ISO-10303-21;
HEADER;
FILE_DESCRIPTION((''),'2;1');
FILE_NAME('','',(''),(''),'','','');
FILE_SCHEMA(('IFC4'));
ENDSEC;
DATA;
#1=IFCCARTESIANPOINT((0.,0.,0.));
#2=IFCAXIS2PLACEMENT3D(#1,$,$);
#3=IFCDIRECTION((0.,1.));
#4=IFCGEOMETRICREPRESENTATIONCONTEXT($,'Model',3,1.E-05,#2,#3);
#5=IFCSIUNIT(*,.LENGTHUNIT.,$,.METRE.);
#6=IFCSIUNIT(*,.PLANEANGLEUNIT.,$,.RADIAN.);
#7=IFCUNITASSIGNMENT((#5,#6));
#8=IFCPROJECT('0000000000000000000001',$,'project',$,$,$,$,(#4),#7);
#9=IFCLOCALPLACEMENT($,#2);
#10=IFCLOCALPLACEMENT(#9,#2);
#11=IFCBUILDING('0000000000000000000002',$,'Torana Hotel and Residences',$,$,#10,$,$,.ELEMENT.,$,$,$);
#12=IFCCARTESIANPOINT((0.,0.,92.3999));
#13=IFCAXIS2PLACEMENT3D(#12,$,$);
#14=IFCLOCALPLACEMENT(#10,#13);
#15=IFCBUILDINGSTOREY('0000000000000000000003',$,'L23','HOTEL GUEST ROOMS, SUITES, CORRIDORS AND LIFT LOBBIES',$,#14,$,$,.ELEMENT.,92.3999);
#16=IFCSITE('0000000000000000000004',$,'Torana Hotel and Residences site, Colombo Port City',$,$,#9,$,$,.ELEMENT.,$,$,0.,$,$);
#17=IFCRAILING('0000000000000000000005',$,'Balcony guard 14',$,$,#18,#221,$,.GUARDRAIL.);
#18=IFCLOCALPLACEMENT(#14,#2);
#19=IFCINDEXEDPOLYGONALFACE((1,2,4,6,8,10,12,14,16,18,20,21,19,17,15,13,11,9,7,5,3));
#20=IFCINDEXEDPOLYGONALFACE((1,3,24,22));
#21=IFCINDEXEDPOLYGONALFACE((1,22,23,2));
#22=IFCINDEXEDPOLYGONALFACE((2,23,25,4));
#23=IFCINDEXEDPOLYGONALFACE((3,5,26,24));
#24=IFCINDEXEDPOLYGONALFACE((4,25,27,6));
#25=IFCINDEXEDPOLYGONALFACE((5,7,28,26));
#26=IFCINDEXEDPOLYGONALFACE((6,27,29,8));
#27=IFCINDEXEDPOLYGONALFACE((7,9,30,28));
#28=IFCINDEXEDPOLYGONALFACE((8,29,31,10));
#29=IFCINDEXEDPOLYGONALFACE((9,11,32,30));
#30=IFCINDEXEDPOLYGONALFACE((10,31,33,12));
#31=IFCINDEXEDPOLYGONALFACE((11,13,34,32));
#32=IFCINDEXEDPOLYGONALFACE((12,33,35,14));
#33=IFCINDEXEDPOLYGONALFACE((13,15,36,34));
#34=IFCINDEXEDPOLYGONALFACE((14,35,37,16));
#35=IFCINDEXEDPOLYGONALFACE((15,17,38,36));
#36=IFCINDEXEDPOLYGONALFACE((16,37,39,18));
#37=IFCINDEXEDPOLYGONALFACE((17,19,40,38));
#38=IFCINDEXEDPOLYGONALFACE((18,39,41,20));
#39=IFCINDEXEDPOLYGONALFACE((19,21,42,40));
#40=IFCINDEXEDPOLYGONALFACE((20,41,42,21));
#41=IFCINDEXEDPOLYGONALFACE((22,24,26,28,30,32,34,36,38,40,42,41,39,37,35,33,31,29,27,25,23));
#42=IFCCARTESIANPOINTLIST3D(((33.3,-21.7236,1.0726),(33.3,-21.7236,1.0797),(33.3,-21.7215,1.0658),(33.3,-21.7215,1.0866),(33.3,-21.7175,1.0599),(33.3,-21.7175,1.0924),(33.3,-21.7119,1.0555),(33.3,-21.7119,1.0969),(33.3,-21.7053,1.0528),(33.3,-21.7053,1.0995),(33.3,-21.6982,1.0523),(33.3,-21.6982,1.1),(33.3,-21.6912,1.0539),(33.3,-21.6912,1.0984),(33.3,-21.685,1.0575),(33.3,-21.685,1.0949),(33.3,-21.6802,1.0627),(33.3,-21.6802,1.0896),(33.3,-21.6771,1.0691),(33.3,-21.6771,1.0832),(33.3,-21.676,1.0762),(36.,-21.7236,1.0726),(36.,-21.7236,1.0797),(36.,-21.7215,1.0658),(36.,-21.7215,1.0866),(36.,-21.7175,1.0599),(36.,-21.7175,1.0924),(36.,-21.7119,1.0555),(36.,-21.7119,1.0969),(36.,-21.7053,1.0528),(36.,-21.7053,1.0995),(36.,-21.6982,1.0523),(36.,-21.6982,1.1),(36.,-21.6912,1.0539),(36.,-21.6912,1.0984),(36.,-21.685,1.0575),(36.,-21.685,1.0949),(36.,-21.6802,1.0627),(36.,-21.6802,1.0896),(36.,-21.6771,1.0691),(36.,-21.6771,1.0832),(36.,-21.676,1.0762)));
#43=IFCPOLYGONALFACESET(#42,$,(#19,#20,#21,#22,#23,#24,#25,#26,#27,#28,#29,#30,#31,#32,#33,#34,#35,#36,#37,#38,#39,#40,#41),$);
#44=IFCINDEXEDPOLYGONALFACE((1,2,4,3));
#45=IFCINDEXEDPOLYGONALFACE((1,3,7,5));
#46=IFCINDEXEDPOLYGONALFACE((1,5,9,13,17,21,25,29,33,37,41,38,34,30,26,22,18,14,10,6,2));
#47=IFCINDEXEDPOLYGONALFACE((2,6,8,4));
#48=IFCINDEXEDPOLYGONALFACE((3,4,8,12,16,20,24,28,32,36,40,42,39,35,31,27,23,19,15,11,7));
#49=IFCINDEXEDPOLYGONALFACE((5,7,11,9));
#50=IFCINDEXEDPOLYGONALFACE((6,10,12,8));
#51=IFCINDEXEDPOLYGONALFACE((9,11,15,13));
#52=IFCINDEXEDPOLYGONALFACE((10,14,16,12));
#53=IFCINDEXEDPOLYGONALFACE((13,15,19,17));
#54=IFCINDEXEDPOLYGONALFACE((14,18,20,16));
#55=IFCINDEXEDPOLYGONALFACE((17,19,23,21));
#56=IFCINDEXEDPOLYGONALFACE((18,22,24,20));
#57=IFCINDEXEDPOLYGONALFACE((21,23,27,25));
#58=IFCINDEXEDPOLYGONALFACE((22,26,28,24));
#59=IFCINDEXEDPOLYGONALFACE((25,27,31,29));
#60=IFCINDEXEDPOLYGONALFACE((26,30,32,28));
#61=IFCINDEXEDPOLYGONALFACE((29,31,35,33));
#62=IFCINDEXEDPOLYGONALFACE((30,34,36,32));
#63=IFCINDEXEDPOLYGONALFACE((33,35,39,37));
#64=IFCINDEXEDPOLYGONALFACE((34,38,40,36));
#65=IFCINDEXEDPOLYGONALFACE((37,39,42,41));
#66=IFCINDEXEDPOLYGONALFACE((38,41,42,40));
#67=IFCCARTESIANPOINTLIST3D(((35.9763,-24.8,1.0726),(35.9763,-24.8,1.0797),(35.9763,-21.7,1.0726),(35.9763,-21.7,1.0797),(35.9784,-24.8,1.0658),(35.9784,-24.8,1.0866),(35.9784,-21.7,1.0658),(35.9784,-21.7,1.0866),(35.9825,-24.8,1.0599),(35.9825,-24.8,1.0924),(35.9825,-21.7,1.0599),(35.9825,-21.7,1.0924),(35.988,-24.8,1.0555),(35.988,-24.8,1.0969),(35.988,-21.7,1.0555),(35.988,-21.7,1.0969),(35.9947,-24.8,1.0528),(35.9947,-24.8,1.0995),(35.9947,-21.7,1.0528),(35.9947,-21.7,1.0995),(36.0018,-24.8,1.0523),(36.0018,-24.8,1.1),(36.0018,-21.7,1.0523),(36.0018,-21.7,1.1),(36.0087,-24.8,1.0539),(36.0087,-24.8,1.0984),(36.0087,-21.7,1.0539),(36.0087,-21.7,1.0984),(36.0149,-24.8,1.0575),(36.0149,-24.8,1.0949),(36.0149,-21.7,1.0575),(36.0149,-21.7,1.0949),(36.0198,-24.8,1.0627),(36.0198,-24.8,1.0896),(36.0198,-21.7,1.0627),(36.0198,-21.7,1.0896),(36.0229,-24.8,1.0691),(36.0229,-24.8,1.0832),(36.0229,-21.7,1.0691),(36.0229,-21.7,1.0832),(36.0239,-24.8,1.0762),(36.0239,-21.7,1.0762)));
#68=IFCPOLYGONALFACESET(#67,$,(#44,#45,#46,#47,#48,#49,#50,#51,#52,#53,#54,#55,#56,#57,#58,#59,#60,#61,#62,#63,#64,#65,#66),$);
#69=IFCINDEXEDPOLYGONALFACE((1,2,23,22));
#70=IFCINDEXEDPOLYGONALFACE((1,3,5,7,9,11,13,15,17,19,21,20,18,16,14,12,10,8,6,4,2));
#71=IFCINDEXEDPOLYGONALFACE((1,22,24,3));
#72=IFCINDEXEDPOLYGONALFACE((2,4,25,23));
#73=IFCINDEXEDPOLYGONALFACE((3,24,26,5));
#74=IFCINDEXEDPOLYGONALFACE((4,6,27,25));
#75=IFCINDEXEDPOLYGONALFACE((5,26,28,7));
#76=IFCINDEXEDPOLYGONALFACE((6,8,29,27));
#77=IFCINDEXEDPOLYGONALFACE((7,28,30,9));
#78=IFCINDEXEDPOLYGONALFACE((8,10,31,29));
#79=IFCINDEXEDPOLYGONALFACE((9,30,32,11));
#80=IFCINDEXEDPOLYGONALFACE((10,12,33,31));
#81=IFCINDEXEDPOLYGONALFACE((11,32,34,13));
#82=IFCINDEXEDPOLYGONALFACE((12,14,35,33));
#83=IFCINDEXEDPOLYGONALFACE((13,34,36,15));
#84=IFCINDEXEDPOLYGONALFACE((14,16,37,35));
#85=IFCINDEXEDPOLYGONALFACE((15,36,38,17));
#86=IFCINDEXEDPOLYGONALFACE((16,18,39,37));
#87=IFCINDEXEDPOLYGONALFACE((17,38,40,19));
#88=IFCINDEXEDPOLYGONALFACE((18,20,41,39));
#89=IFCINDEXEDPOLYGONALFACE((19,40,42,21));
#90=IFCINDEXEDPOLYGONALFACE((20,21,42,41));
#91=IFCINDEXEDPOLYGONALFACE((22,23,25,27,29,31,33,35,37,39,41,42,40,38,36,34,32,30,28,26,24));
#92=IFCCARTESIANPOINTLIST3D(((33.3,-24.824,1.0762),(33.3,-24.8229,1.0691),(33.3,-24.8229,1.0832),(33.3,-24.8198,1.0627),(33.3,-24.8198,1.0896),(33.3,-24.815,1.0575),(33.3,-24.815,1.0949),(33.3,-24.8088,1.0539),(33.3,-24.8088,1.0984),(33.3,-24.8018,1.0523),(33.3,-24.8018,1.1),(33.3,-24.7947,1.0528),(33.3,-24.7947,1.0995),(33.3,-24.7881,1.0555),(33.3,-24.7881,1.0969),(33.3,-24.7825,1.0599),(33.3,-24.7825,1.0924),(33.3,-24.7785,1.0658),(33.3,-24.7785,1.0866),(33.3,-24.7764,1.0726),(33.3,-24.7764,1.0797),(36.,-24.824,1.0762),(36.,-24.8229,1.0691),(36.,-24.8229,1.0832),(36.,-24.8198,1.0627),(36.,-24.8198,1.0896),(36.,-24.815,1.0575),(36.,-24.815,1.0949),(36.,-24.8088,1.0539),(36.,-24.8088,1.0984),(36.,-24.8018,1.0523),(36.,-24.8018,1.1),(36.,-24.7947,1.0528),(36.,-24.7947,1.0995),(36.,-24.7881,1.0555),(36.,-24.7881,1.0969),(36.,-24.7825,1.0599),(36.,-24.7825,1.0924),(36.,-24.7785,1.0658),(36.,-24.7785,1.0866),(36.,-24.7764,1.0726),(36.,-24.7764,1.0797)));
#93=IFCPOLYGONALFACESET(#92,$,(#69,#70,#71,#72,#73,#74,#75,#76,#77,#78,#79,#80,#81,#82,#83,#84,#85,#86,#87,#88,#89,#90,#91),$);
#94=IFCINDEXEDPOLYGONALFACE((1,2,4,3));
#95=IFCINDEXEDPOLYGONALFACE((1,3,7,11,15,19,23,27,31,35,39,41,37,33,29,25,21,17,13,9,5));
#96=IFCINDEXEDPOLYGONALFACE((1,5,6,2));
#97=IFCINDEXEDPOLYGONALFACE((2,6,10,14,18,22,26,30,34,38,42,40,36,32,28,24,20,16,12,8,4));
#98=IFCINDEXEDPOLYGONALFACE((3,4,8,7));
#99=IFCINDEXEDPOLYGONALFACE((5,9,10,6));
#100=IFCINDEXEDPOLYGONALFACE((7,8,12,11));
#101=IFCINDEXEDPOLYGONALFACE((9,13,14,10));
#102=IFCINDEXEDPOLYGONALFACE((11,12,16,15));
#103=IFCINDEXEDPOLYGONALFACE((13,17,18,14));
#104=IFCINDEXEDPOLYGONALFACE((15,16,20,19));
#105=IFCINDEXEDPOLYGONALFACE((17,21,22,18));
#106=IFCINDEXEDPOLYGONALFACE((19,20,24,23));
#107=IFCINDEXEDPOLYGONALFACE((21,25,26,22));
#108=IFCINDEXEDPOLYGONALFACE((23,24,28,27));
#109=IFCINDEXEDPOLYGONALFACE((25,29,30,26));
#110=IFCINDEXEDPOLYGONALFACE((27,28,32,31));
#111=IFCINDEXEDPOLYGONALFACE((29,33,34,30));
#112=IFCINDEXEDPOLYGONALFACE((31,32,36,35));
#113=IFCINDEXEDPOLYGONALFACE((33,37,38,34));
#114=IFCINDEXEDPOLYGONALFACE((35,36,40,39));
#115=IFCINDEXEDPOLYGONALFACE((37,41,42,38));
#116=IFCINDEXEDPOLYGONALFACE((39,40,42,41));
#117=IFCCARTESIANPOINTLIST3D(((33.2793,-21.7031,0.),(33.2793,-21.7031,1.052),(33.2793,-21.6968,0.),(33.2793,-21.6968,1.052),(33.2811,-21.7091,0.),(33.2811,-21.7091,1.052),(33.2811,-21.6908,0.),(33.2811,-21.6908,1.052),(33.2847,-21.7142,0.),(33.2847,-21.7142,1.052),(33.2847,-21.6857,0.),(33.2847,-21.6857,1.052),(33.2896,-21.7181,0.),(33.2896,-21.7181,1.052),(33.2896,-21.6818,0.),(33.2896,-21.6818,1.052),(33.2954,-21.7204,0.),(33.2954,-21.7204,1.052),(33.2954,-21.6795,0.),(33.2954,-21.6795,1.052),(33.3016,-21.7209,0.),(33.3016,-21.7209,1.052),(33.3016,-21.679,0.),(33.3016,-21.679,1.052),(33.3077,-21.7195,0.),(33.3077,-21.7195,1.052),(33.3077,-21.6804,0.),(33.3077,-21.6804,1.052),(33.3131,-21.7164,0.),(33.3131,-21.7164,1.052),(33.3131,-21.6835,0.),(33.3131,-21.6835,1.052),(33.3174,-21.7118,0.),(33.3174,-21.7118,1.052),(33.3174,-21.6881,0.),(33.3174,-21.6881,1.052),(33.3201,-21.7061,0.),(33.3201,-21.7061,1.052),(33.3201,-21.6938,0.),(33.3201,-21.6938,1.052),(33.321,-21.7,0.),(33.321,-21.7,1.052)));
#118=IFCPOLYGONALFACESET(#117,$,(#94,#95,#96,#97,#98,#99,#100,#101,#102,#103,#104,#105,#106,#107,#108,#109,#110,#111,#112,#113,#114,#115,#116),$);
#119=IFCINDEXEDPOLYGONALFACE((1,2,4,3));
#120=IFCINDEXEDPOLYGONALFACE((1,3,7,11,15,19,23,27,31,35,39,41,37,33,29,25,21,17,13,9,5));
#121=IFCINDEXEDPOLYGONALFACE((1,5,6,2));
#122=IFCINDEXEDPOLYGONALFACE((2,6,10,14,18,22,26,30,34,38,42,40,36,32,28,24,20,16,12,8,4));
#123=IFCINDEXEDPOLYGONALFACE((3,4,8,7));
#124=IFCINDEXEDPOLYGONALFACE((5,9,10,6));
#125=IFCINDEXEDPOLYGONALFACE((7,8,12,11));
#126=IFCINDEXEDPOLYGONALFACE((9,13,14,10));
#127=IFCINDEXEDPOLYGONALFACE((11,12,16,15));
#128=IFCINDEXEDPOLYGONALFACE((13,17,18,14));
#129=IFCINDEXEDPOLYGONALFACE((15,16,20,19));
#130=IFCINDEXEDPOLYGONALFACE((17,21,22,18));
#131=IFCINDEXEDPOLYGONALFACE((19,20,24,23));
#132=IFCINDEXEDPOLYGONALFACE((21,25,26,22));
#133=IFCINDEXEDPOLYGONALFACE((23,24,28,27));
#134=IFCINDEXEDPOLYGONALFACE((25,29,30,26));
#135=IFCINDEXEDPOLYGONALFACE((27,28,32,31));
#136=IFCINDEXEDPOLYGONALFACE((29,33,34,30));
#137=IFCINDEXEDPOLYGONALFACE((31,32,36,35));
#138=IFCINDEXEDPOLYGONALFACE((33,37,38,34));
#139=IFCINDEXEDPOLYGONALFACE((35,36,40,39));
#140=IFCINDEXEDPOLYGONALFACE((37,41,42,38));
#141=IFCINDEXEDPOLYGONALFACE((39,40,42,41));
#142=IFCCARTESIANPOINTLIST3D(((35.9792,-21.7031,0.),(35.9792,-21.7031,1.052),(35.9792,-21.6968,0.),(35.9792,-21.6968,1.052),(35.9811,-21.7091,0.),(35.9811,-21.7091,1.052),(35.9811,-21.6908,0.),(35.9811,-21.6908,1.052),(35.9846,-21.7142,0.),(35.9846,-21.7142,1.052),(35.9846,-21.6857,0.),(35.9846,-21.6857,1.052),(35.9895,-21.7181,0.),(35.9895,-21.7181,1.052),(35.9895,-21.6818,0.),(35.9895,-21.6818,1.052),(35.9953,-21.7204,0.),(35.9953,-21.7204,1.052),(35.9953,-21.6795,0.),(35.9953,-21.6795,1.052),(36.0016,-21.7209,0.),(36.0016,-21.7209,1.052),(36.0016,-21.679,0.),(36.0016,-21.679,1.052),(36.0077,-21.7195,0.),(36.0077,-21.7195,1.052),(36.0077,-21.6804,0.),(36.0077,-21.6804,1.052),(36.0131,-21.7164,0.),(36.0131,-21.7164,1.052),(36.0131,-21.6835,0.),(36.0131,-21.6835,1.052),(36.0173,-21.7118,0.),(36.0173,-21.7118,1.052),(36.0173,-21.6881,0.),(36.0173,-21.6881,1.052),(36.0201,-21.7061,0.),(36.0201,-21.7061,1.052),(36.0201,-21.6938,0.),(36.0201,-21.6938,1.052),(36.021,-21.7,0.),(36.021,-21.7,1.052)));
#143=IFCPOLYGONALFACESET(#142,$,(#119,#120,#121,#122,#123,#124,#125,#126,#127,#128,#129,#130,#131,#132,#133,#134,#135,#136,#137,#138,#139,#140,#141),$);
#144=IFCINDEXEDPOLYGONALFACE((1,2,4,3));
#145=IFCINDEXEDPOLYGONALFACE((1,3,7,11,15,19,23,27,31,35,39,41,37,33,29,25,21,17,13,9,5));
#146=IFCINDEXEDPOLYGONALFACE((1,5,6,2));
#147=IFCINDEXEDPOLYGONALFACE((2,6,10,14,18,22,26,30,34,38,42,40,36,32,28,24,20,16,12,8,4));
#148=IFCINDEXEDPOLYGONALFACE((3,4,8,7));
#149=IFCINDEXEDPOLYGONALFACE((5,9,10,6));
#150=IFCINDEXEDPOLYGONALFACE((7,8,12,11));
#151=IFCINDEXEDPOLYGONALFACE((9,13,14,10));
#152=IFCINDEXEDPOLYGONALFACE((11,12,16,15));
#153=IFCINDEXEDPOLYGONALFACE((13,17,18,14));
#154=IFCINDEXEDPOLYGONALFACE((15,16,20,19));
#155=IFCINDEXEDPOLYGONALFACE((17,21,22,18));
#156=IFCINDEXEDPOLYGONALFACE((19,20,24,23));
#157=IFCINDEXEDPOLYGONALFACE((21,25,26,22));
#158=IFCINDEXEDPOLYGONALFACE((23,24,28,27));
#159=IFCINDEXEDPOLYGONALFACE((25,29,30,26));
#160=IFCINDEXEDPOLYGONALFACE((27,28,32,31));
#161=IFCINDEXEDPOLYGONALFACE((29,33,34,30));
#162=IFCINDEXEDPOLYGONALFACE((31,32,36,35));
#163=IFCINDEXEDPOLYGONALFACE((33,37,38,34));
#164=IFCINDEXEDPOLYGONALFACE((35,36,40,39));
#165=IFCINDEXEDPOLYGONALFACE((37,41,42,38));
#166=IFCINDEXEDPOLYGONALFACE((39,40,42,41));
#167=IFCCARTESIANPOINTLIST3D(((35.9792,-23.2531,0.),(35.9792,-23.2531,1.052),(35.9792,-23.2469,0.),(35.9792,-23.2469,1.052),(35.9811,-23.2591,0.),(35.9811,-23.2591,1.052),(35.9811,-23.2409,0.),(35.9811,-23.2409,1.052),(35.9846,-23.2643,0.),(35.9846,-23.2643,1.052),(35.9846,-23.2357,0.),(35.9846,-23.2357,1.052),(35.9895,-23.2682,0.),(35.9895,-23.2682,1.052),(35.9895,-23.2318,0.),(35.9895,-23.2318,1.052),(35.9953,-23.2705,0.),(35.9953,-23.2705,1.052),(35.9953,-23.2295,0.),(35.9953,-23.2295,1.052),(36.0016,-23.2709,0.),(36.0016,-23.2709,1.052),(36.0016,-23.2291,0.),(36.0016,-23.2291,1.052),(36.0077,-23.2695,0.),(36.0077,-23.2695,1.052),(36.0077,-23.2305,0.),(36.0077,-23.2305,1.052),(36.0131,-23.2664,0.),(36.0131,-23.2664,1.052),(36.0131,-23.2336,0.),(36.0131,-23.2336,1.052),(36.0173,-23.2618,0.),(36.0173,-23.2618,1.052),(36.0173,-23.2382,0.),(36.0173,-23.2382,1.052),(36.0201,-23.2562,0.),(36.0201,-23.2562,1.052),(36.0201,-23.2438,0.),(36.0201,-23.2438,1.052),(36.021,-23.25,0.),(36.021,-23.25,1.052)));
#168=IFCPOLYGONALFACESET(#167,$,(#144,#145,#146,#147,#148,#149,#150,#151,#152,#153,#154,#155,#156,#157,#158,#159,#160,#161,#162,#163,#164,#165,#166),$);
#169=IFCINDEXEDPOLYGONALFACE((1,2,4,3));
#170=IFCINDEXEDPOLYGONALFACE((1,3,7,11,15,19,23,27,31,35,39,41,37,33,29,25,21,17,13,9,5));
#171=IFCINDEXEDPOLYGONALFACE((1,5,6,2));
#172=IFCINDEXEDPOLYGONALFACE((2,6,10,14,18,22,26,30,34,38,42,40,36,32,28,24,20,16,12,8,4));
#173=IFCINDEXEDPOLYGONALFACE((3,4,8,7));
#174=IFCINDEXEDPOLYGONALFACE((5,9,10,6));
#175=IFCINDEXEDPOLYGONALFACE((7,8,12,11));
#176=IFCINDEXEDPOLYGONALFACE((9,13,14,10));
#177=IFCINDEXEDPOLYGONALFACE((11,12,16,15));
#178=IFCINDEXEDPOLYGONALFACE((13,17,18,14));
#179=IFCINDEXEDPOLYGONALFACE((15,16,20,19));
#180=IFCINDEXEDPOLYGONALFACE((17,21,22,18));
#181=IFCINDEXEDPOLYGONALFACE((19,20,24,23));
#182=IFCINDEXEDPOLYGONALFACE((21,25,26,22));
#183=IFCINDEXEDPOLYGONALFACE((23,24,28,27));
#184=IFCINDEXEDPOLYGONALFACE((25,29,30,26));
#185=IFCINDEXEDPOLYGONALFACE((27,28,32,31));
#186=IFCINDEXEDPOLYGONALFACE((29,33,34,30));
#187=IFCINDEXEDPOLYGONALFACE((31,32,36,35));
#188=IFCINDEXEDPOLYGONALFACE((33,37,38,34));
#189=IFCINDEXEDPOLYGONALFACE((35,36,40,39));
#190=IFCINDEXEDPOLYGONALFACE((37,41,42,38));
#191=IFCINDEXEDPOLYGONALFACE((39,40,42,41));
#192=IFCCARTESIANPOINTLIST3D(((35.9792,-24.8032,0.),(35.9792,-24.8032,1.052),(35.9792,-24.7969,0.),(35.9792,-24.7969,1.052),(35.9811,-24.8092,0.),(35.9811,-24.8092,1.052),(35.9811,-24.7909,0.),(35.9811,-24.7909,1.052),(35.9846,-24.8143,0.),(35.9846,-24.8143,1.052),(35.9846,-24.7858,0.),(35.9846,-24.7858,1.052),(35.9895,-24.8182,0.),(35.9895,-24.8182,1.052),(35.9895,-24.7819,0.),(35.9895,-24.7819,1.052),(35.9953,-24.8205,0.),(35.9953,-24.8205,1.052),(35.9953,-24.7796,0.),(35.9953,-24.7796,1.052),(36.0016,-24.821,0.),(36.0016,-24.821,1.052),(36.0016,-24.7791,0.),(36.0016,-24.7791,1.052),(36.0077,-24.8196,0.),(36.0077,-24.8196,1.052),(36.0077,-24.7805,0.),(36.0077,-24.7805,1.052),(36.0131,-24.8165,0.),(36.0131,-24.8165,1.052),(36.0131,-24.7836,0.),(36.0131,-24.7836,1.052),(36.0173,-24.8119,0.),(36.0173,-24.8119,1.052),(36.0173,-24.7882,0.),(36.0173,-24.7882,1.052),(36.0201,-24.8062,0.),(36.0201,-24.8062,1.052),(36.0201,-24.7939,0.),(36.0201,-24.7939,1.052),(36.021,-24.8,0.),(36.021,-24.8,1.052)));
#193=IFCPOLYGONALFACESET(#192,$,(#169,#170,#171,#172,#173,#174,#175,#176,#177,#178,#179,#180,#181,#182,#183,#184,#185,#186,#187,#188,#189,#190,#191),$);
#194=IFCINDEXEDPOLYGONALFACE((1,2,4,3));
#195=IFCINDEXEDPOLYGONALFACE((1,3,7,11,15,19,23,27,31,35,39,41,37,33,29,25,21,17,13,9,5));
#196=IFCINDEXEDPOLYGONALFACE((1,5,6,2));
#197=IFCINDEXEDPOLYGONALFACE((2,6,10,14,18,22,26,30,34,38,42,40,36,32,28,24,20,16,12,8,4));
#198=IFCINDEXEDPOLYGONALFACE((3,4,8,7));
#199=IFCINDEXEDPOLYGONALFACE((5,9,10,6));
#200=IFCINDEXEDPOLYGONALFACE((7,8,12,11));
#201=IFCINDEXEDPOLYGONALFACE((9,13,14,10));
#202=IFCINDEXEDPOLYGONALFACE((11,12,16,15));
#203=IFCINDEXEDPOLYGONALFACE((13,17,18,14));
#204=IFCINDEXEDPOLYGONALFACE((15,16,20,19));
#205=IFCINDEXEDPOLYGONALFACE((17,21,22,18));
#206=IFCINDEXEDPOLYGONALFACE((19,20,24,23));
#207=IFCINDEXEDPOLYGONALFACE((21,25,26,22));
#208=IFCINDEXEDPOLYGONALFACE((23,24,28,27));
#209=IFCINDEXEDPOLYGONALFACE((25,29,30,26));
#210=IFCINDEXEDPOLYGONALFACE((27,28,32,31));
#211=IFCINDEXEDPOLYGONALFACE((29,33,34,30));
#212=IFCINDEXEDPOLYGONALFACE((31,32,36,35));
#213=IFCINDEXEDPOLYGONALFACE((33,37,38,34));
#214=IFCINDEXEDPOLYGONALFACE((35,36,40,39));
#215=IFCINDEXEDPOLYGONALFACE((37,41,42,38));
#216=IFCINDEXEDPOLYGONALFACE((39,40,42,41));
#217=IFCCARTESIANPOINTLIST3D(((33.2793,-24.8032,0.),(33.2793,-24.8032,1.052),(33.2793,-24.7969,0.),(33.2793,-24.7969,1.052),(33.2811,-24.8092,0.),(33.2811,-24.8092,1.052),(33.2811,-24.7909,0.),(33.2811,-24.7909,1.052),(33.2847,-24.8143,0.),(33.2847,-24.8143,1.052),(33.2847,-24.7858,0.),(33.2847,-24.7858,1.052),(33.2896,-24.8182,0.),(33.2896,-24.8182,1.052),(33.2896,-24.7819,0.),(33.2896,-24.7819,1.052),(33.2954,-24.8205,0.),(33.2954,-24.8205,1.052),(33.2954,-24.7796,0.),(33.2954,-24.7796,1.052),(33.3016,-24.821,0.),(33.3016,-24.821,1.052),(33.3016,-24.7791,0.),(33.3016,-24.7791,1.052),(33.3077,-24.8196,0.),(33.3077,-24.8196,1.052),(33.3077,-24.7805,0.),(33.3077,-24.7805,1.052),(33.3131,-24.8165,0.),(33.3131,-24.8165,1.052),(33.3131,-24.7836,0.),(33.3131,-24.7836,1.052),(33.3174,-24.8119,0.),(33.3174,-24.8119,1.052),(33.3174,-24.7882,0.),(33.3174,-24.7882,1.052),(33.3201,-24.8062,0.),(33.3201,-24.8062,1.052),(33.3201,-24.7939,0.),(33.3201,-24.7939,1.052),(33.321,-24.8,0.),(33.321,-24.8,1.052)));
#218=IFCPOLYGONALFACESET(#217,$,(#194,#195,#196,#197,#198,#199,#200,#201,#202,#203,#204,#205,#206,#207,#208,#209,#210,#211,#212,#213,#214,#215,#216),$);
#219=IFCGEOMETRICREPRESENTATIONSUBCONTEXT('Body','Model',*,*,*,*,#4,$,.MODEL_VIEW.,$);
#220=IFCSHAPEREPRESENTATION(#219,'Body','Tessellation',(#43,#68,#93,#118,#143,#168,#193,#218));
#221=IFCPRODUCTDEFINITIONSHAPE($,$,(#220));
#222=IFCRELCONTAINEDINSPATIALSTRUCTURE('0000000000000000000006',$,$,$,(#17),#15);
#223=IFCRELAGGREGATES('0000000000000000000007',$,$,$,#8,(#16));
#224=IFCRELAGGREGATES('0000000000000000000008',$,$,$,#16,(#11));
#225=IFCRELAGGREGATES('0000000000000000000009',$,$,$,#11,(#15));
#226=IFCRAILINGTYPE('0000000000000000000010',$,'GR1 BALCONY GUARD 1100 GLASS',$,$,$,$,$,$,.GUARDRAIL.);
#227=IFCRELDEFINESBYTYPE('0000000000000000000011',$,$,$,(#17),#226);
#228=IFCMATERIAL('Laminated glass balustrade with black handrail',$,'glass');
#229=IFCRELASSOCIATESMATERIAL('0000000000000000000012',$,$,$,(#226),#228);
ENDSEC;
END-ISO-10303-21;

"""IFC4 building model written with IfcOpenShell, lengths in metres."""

from ifc_helpers import new_model, si_unit, direction, frame, origin, origin_2d, place, context, subcontext, project, spatial, circle, extrude, material, type_object, element, save


model = new_model("IFC4")

# Units and contexts
model_context = context("Model", 3, precision=1e-05, world=origin(), true_north=direction((0.0, 1.0)))
body_context = subcontext(model_context, "Body", "Model", "MODEL_VIEW")
ifc_project = project(units=[si_unit("LENGTHUNIT", "METRE"), si_unit("PLANEANGLEUNIT", "RADIAN")], contexts=[model_context])

# Site, building, storey
site_placement = place(None, origin())
site = spatial("IfcSite", under=ifc_project, at=site_placement, Name="Torana Hotel and Residences site, Colombo Port City", CompositionType="ELEMENT", RefElevation=0.0)
building_placement = place(site_placement, origin())
building = spatial("IfcBuilding", under=site, at=building_placement, Name="Torana Hotel and Residences", CompositionType="ELEMENT")
storey_placement = place(building_placement, frame((0.0, 0.0, 92.3999)))
storey = spatial("IfcBuildingStorey", under=building, at=storey_placement, Name="L23", Description="HOTEL GUEST ROOMS, SUITES, CORRIDORS AND LIFT LOBBIES", CompositionType="ELEMENT", Elevation=92.3999)

# Railing
ifc_material_1 = material(Name="Laminated glass balustrade with black handrail", Category="glass")
railing_type = type_object("IfcRailingType", Name="GR1 BALCONY GUARD 1100 GLASS", PredefinedType="GUARDRAIL", material=ifc_material_1)
railing_1_placement = place(storey_placement, frame((33.3, -21.7, 0.0)))
element("IfcRailing", 1, at=railing_1_placement, inside=storey, type_object=railing_type, Name="Balcony guard 14", PredefinedType="GUARDRAIL", context=body_context, shape_type="SweptSolid", body=[
    extrude(circle(Radius=0.0239, at=origin_2d()), frame((0.0, 0.0, 1.0762), z_axis=(1.0, 0.0, 0.0), x_axis=(0.0, 1.0, 0.0)), (0.0, 0.0, 1.0), 2.7),
    extrude(circle(Radius=0.0239, at=origin_2d()), frame((2.7, 0.0, 1.0762), z_axis=(0.0, -1.0, 0.0), x_axis=(1.0, 0.0, 0.0)), (0.0, 0.0, 1.0), 3.1001),
    extrude(circle(Radius=0.0239, at=origin_2d()), frame((2.7, -3.1001, 1.0762), z_axis=(-1.0, 0.0, 0.0), x_axis=(0.0, -1.0, 0.0)), (0.0, 0.0, 1.0), 2.7),
    extrude(circle(Radius=0.021, at=origin_2d()), origin(), (0.0, 0.0, 1.0), 1.052),
    extrude(circle(Radius=0.021, at=origin_2d()), frame((2.7, 0.0, 0.0)), (0.0, 0.0, 1.0), 1.052),
    extrude(circle(Radius=0.021, at=origin_2d()), frame((2.7, -1.55, 0.0)), (0.0, 0.0, 1.0), 1.052),
    extrude(circle(Radius=0.021, at=origin_2d()), frame((2.7, -3.1001, 0.0)), (0.0, 0.0, 1.0), 1.052),
    extrude(circle(Radius=0.021, at=origin_2d()), frame((0.0, -3.1001, 0.0)), (0.0, 0.0, 1.0), 1.052),
])

save(model, "model.ifc")
